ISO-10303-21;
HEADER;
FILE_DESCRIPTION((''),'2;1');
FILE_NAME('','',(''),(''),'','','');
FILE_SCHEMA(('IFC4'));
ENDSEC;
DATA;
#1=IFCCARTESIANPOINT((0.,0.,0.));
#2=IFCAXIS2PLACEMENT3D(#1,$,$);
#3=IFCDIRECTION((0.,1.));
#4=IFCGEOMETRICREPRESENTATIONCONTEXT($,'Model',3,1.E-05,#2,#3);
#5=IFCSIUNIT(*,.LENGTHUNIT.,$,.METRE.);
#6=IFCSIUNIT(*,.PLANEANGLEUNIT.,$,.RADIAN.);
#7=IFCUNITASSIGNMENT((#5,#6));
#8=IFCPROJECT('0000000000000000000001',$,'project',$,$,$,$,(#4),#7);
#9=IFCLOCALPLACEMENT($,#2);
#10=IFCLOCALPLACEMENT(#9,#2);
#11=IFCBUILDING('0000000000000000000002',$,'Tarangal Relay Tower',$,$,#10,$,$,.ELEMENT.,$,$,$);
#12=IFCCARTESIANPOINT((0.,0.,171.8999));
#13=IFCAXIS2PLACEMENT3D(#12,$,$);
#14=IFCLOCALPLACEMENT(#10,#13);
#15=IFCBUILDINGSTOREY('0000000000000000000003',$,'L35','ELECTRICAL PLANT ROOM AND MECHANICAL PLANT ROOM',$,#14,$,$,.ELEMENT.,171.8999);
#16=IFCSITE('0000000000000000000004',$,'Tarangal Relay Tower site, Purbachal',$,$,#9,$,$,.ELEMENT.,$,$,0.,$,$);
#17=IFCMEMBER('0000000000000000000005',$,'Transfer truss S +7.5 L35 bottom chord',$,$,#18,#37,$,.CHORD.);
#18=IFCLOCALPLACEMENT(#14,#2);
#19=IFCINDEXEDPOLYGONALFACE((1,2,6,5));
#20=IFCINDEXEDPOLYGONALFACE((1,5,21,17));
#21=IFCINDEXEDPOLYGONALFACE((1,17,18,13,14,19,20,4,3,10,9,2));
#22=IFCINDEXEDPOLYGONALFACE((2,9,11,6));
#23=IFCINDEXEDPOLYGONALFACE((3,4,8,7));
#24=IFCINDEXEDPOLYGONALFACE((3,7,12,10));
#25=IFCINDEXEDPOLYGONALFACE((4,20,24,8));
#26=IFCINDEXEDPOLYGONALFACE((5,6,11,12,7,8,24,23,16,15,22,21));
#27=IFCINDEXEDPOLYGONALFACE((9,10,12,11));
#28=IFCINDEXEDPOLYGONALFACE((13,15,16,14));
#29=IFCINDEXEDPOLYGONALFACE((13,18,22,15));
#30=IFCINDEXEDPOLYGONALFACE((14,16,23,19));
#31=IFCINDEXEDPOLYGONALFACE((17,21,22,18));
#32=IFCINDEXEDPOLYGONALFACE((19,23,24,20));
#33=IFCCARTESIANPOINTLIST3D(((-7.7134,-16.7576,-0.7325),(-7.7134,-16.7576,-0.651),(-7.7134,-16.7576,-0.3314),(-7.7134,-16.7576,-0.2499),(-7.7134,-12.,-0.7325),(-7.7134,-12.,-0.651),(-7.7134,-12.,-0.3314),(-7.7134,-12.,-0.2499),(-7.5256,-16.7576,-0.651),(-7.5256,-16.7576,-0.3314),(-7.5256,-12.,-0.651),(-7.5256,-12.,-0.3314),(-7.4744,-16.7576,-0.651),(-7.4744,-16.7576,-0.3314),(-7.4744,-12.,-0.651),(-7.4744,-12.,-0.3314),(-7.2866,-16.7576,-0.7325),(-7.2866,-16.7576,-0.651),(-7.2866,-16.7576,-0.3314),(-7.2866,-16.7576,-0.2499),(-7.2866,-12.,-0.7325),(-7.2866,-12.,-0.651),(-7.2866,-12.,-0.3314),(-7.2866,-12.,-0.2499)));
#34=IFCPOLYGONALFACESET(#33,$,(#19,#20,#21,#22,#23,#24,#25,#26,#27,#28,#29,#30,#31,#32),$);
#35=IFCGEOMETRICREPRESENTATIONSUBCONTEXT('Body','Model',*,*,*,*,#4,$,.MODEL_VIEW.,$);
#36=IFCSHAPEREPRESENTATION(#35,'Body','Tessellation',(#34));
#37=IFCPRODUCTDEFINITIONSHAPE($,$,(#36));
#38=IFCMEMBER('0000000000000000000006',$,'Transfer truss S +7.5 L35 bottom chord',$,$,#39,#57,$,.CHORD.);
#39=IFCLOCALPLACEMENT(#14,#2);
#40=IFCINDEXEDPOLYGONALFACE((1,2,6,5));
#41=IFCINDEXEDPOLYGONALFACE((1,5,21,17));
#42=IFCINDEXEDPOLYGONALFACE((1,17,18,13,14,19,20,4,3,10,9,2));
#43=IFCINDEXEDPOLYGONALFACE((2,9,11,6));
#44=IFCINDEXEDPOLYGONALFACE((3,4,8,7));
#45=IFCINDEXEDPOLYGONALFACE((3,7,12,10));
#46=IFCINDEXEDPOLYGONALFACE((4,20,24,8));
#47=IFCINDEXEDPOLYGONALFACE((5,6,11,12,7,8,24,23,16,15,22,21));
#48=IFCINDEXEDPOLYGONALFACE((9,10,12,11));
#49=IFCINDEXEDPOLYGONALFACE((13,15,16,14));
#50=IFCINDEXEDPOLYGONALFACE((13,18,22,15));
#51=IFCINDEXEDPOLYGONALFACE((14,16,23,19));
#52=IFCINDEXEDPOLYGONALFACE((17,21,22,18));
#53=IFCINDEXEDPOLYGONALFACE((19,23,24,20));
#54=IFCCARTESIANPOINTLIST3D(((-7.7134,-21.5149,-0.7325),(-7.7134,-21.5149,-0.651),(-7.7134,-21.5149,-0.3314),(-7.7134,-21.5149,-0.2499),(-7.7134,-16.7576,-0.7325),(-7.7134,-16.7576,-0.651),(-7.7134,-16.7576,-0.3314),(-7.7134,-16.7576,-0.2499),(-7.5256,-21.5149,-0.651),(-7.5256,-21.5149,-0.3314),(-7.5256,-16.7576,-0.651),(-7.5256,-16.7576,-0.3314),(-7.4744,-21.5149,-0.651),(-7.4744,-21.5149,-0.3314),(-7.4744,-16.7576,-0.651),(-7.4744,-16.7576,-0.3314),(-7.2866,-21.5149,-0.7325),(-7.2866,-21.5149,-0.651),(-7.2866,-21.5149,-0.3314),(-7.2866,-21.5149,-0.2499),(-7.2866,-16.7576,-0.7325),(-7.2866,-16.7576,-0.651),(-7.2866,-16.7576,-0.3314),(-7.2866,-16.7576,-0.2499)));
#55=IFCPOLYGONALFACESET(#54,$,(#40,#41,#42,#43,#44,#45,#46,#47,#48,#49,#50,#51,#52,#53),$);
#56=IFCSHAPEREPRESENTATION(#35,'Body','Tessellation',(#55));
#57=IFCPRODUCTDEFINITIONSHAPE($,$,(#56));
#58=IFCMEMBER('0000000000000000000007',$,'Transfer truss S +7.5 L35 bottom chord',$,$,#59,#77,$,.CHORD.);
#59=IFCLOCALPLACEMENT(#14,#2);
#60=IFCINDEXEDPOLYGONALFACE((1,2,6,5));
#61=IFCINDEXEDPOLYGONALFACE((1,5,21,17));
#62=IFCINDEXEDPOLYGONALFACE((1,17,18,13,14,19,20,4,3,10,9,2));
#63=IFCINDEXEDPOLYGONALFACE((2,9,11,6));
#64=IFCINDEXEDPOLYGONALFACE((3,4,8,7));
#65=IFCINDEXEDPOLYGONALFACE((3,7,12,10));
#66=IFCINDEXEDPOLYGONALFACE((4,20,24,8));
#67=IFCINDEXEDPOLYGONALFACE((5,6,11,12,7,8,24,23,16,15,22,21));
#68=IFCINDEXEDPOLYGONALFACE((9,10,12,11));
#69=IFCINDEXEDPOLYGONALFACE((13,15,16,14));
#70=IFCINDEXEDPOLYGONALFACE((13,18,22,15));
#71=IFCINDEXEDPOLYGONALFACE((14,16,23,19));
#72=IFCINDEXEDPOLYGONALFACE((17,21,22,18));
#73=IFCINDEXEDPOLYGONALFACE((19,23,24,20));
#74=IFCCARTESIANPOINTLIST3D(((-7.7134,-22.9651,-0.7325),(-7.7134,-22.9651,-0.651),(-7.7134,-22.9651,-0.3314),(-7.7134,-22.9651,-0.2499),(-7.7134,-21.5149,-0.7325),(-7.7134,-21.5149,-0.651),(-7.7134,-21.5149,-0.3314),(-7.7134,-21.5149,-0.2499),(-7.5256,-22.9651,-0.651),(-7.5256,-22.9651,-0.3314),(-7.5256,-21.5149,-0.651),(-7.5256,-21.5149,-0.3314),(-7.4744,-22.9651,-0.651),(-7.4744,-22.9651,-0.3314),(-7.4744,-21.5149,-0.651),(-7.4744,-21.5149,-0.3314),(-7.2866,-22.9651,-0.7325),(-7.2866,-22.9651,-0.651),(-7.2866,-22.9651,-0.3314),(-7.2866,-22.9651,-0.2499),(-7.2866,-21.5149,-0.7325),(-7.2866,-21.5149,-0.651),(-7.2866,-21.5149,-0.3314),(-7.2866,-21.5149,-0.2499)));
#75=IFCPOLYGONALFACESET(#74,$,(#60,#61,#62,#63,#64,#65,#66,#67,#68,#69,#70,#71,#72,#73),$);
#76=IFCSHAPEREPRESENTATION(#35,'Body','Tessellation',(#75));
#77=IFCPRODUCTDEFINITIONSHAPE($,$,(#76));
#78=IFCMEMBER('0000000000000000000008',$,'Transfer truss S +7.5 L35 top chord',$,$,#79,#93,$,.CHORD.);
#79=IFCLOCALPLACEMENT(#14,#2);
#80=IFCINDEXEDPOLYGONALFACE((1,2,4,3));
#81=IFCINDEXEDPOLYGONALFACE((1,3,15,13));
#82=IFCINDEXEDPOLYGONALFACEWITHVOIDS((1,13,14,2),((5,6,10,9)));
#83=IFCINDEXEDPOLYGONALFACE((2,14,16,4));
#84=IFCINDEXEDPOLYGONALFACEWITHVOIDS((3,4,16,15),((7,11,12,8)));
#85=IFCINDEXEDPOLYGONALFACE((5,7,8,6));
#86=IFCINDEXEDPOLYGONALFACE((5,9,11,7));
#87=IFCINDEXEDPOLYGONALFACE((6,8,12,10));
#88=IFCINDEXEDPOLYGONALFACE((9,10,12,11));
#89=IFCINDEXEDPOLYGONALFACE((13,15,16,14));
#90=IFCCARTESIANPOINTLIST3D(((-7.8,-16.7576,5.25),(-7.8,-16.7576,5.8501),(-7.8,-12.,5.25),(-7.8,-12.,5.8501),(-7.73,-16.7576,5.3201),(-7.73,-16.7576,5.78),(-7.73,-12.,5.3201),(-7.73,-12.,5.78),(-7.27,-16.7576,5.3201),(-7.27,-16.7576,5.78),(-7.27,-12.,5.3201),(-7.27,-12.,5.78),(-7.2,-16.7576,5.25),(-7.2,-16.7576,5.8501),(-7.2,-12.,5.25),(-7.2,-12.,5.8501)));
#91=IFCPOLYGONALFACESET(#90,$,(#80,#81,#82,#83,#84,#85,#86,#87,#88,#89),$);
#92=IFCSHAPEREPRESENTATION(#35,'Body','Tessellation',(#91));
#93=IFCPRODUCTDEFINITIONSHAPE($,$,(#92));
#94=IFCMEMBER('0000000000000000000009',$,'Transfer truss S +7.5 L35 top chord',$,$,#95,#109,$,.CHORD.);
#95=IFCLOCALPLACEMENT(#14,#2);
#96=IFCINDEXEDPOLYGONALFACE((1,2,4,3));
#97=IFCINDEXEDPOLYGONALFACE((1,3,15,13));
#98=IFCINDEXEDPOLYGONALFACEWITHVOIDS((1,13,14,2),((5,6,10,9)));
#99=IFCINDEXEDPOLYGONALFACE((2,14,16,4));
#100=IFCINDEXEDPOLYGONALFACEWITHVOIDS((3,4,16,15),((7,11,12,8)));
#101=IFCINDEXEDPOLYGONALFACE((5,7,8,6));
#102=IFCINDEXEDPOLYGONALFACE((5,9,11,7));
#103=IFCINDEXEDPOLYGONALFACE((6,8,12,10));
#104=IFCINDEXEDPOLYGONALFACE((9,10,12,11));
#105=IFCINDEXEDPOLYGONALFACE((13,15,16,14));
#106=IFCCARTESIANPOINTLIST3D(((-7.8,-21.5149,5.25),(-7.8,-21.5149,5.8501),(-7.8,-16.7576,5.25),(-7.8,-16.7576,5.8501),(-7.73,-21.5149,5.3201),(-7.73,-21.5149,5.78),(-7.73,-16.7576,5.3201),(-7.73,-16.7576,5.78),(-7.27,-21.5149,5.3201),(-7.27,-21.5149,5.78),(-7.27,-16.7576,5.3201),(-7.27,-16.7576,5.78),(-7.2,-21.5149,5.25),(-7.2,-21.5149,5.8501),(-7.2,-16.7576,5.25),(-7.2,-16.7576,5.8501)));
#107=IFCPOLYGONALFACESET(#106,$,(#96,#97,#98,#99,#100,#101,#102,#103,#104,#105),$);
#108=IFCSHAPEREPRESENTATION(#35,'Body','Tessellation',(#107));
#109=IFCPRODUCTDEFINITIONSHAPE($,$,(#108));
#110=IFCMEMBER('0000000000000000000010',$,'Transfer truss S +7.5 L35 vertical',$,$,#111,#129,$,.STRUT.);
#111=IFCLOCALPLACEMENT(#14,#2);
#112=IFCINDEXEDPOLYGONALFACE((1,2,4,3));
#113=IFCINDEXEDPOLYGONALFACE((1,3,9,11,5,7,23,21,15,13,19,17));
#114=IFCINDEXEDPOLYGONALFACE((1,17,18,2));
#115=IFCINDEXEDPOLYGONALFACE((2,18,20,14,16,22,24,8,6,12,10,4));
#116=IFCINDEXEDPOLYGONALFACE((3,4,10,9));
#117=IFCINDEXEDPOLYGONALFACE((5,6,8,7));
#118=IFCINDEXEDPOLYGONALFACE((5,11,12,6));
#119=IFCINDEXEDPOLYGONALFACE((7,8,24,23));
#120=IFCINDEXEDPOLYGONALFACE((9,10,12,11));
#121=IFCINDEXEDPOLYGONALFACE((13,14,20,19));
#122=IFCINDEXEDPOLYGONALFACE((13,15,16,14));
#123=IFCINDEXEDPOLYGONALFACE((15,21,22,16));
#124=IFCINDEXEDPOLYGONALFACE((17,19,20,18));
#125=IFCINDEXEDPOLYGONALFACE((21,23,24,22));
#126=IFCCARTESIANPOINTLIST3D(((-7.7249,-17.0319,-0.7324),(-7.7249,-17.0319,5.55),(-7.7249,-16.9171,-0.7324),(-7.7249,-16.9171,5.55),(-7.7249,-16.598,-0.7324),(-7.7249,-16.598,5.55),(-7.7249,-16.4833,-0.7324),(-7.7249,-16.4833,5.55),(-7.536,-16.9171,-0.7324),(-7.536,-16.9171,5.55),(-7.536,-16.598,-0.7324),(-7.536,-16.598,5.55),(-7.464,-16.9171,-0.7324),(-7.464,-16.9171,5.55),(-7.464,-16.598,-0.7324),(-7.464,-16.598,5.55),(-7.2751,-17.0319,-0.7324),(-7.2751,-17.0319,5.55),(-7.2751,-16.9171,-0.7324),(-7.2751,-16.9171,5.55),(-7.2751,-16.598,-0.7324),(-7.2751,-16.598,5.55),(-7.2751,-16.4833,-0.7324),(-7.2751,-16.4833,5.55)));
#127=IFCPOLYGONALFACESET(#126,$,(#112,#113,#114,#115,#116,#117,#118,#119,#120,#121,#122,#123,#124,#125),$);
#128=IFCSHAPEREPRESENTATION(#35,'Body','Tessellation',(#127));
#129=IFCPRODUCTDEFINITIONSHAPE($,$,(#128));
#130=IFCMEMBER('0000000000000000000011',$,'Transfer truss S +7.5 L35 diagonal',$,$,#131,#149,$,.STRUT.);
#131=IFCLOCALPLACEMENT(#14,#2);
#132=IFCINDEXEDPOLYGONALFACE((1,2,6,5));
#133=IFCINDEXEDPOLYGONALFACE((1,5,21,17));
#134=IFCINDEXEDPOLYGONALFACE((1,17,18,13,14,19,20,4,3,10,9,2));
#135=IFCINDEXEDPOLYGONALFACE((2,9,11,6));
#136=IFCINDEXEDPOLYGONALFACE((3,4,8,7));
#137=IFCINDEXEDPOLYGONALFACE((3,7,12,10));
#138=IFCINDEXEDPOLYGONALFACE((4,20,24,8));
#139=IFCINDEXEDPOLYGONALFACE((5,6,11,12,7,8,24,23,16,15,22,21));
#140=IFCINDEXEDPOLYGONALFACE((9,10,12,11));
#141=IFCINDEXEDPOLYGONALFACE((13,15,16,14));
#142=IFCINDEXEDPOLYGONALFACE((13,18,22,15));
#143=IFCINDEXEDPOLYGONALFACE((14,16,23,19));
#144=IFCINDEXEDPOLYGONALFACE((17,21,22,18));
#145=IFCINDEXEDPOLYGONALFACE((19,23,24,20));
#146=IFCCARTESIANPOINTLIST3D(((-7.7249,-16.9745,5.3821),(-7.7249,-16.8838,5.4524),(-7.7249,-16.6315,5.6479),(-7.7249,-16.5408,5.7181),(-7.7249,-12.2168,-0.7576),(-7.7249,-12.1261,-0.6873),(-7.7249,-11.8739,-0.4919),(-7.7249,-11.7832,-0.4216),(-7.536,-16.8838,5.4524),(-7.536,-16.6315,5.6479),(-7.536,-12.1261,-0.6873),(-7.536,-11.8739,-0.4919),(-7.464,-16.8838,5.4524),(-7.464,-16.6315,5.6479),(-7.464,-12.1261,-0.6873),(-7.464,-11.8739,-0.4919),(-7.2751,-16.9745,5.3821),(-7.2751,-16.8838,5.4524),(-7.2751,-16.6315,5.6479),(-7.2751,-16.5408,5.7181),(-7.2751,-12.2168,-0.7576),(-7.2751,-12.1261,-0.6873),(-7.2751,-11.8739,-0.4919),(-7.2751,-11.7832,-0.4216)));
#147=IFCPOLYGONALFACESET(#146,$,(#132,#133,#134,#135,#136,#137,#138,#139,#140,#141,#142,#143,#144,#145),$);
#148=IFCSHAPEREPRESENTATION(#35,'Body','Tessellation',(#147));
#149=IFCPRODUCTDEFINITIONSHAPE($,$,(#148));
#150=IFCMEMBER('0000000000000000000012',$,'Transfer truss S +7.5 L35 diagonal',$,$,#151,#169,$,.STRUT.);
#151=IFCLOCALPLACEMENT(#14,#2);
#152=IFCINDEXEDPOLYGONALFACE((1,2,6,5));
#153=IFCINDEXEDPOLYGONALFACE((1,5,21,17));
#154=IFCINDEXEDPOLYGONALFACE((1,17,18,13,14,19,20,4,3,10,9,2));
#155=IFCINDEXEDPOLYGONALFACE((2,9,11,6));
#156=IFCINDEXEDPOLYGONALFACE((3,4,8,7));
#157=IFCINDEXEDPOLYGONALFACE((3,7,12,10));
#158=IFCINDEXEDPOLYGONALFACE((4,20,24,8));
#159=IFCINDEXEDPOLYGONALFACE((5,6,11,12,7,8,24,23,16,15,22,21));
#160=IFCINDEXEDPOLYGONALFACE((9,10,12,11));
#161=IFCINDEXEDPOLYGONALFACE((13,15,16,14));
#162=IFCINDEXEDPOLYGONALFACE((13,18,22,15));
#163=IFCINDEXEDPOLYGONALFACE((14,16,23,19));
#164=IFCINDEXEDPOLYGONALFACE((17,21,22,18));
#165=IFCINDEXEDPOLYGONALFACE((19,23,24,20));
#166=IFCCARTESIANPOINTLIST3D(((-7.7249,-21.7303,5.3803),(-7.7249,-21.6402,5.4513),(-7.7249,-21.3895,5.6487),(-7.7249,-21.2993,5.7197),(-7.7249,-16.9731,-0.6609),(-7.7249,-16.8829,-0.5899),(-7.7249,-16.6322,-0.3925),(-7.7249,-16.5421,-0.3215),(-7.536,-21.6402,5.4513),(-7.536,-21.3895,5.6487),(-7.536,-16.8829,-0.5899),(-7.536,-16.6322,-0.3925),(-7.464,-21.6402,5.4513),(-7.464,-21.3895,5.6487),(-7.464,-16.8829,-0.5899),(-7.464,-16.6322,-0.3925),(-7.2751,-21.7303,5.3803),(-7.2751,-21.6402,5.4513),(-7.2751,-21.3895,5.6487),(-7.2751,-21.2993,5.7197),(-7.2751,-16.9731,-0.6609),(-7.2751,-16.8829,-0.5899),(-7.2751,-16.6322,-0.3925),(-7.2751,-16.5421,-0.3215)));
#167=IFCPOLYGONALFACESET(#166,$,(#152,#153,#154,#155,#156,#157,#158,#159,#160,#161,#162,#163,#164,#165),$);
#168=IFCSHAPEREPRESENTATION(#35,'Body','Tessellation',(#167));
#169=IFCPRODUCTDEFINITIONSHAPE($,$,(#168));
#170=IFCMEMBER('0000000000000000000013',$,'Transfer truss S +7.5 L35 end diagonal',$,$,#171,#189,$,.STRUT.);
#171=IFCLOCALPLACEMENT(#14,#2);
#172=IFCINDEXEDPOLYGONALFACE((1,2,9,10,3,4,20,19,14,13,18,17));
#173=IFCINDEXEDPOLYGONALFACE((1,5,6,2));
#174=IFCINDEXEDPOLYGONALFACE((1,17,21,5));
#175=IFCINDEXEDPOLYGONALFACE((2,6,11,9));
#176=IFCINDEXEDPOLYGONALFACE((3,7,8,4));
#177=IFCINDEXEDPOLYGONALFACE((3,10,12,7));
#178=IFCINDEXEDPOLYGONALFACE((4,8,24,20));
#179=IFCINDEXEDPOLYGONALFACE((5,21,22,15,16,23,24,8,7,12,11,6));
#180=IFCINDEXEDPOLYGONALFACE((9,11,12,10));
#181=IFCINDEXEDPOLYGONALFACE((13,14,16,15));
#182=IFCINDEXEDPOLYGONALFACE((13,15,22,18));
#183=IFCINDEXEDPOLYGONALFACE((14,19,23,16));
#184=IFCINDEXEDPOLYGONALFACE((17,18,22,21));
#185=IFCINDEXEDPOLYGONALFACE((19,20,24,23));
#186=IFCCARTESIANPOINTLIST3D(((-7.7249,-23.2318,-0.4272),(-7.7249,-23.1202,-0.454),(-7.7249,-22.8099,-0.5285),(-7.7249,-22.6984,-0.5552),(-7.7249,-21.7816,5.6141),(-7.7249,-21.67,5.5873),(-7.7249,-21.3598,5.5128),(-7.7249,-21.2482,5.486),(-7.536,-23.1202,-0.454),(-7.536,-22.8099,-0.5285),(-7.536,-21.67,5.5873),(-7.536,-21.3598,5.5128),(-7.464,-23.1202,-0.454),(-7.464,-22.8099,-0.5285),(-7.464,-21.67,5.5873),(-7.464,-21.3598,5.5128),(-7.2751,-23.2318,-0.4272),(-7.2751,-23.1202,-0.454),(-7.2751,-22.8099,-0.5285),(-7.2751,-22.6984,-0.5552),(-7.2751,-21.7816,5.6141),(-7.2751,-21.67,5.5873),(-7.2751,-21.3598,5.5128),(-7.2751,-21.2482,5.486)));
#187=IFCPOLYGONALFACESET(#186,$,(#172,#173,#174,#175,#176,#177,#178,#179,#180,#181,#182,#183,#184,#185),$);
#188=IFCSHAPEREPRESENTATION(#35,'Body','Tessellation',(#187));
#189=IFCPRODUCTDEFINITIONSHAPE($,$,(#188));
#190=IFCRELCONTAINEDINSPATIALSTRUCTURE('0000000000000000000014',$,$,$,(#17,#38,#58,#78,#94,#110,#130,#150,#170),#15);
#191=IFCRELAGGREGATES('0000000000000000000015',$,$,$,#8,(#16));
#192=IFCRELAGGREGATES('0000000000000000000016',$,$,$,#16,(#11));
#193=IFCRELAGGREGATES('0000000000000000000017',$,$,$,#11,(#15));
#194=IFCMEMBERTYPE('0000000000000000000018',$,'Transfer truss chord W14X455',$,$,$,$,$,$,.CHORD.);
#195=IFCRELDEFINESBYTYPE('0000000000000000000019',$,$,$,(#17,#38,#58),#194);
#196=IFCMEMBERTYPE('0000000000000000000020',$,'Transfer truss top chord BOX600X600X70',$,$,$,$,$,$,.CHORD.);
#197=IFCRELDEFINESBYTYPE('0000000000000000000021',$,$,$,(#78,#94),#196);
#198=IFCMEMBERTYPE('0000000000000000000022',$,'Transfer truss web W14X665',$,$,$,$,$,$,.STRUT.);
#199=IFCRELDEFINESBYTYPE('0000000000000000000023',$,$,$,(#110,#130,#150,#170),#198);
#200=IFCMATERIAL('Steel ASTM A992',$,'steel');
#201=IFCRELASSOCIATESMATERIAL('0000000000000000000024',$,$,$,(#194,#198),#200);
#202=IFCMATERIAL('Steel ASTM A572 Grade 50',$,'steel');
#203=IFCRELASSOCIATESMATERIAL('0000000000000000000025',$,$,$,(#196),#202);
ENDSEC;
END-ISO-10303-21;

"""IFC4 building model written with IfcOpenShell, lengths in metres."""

from ifc_helpers import new_model, si_unit, direction, frame, origin, origin_2d, place, context, subcontext, project, spatial, hollow_rectangle, i_section, extrude, material, material_profile, profile_set, type_object, element, save


model = new_model("IFC4")

# Units and contexts
model_context = context("Model", 3, precision=1e-05, world=origin(), true_north=direction((0.0, 1.0)))
body_context = subcontext(model_context, "Body", "Model", "MODEL_VIEW")
ifc_project = project(units=[si_unit("LENGTHUNIT", "METRE"), si_unit("PLANEANGLEUNIT", "RADIAN")], contexts=[model_context])

# Site, building, storey
site_placement = place(None, origin())
site = spatial("IfcSite", under=ifc_project, at=site_placement, Name="Tarangal Relay Tower site, Purbachal", CompositionType="ELEMENT", RefElevation=0.0)
building_placement = place(site_placement, origin())
building = spatial("IfcBuilding", under=site, at=building_placement, Name="Tarangal Relay Tower", CompositionType="ELEMENT")
storey_placement = place(building_placement, frame((0.0, 0.0, 171.8999)))
storey = spatial("IfcBuildingStorey", under=building, at=storey_placement, Name="L35", Description="ELECTRICAL PLANT ROOM AND MECHANICAL PLANT ROOM", CompositionType="ELEMENT", Elevation=171.8999)

# Shared definitions
ifc_material_1 = material(Name="Steel ASTM A572 Grade 50", Category="steel")

# Shared definitions
ifc_material_2 = material(Name="Steel ASTM A992", Category="steel")

# Members
ifc_material_profile_1 = material_profile(ifc_material_2, i_section(OverallWidth=0.4268, OverallDepth=0.4827, WebThickness=0.0513, FlangeThickness=0.0815, at=origin_2d()), Name="W14X455")
ifc_profile_set_1 = profile_set([ifc_material_profile_1], Name="Steel ASTM A992")
member_type_1 = type_object("IfcMemberType", Name="Transfer truss chord W14X455", PredefinedType="CHORD", material=ifc_profile_set_1)
member_1_placement = place(storey_placement, frame((-7.5, -12.0, -0.4912), z_axis=(0.0, -1.0, 0.0), x_axis=(1.0, 0.0, 0.0)))
element("IfcMember", 1, at=member_1_placement, inside=storey, type_object=member_type_1, Name="Transfer truss S +7.5 L35 bottom chord", PredefinedType="CHORD", context=body_context, shape_type="SweptSolid", body=[
    extrude(i_section(OverallWidth=0.4268, OverallDepth=0.4827, WebThickness=0.0513, FlangeThickness=0.0815, at=origin_2d()), origin(), (0.0, 0.0, 1.0), 4.7576),
])
member_2_placement = place(storey_placement, frame((-7.5, -16.7576, -0.4912), z_axis=(0.0, -1.0, 0.0), x_axis=(1.0, 0.0, 0.0)))
element("IfcMember", 2, at=member_2_placement, inside=storey, type_object=member_type_1, Name="Transfer truss S +7.5 L35 bottom chord", PredefinedType="CHORD", context=body_context, shape_type="SweptSolid", body=[
    extrude(i_section(OverallWidth=0.4268, OverallDepth=0.4827, WebThickness=0.0513, FlangeThickness=0.0815, at=origin_2d()), origin(), (0.0, 0.0, 1.0), 4.7573),
])
member_3_placement = place(storey_placement, frame((-7.5, -21.5149, -0.4912), z_axis=(0.0, -1.0, 0.0), x_axis=(1.0, 0.0, 0.0)))
element("IfcMember", 3, at=member_3_placement, inside=storey, type_object=member_type_1, Name="Transfer truss S +7.5 L35 bottom chord", PredefinedType="CHORD", context=body_context, shape_type="SweptSolid", body=[
    extrude(i_section(OverallWidth=0.4268, OverallDepth=0.4827, WebThickness=0.0513, FlangeThickness=0.0815, at=origin_2d()), origin(), (0.0, 0.0, 1.0), 1.4502),
])
ifc_material_profile_2 = material_profile(ifc_material_1, hollow_rectangle(XDim=0.6001, YDim=0.6001, WallThickness=0.0701, at=origin_2d()), Name="BOX600X600X70")
ifc_profile_set_2 = profile_set([ifc_material_profile_2], Name="Steel ASTM A572 Grade 50")
member_type_2 = type_object("IfcMemberType", Name="Transfer truss top chord BOX600X600X70", PredefinedType="CHORD", material=ifc_profile_set_2)
member_4_placement = place(storey_placement, frame((-7.5, -12.0, 5.55), z_axis=(0.0, -1.0, 0.0), x_axis=(1.0, 0.0, 0.0)))
element("IfcMember", 4, at=member_4_placement, inside=storey, type_object=member_type_2, Name="Transfer truss S +7.5 L35 top chord", PredefinedType="CHORD", context=body_context, shape_type="SweptSolid", body=[
    extrude(hollow_rectangle(XDim=0.6001, YDim=0.6001, WallThickness=0.0701, at=origin_2d()), origin(), (0.0, 0.0, 1.0), 4.7576),
])
member_5_placement = place(storey_placement, frame((-7.5, -16.7576, 5.55), z_axis=(0.0, -1.0, 0.0), x_axis=(1.0, 0.0, 0.0)))
element("IfcMember", 5, at=member_5_placement, inside=storey, type_object=member_type_2, Name="Transfer truss S +7.5 L35 top chord", PredefinedType="CHORD", context=body_context, shape_type="SweptSolid", body=[
    extrude(hollow_rectangle(XDim=0.6001, YDim=0.6001, WallThickness=0.0701, at=origin_2d()), origin(), (0.0, 0.0, 1.0), 4.7573),
])
ifc_material_profile_3 = material_profile(ifc_material_2, i_section(OverallWidth=0.4497, OverallDepth=0.5486, WebThickness=0.072, FlangeThickness=0.1147, at=origin_2d()), Name="W14X665")
ifc_profile_set_3 = profile_set([ifc_material_profile_3], Name="Steel ASTM A992")
member_type_3 = type_object("IfcMemberType", Name="Transfer truss web W14X665", PredefinedType="STRUT", material=ifc_profile_set_3)
member_6_placement = place(storey_placement, frame((-7.5, -16.7576, -0.7324), z_axis=(0.0, 0.0, 1.0), x_axis=(1.0, 0.0, 0.0)))
element("IfcMember", 6, at=member_6_placement, inside=storey, type_object=member_type_3, Name="Transfer truss S +7.5 L35 vertical", PredefinedType="STRUT", context=body_context, shape_type="SweptSolid", body=[
    extrude(i_section(OverallWidth=0.4497, OverallDepth=0.5486, WebThickness=0.072, FlangeThickness=0.1147, at=origin_2d()), origin(), (0.0, 0.0, 1.0), 6.2825),
])
member_7_placement = place(storey_placement, frame((-7.5, -12.0, -0.5896), z_axis=(0.0, -0.612519, 0.790456), x_axis=(1.0, 0.0, 0.0)))
element("IfcMember", 7, at=member_7_placement, inside=storey, type_object=member_type_3, Name="Transfer truss S +7.5 L35 diagonal", PredefinedType="STRUT", context=body_context, shape_type="SweptSolid", body=[
    extrude(i_section(OverallWidth=0.4497, OverallDepth=0.5486, WebThickness=0.072, FlangeThickness=0.1147, at=origin_2d()), origin(), (0.0, 0.0, 1.0), 7.7673),
])
member_8_placement = place(storey_placement, frame((-7.5, -16.7576, -0.4912), z_axis=(0.0, -0.618675, 0.785647), x_axis=(1.0, 0.0, 0.0)))
element("IfcMember", 8, at=member_8_placement, inside=storey, type_object=member_type_3, Name="Transfer truss S +7.5 L35 diagonal", PredefinedType="STRUT", context=body_context, shape_type="SweptSolid", body=[
    extrude(i_section(OverallWidth=0.4497, OverallDepth=0.5486, WebThickness=0.072, FlangeThickness=0.1147, at=origin_2d()), origin(), (0.0, 0.0, 1.0), 7.6895),
])
member_9_placement = place(storey_placement, frame((-7.5, -22.9651, -0.4912), z_axis=(0.0, 0.233418, 0.972377), x_axis=(-1.0, 0.0, 0.0)))
element("IfcMember", 9, at=member_9_placement, inside=storey, type_object=member_type_3, Name="Transfer truss S +7.5 L35 end diagonal", PredefinedType="STRUT", context=body_context, shape_type="SweptSolid", body=[
    extrude(i_section(OverallWidth=0.4497, OverallDepth=0.5486, WebThickness=0.072, FlangeThickness=0.1147, at=origin_2d()), origin(), (0.0, 0.0, 1.0), 6.2129),
])

save(model, "model.ifc")
